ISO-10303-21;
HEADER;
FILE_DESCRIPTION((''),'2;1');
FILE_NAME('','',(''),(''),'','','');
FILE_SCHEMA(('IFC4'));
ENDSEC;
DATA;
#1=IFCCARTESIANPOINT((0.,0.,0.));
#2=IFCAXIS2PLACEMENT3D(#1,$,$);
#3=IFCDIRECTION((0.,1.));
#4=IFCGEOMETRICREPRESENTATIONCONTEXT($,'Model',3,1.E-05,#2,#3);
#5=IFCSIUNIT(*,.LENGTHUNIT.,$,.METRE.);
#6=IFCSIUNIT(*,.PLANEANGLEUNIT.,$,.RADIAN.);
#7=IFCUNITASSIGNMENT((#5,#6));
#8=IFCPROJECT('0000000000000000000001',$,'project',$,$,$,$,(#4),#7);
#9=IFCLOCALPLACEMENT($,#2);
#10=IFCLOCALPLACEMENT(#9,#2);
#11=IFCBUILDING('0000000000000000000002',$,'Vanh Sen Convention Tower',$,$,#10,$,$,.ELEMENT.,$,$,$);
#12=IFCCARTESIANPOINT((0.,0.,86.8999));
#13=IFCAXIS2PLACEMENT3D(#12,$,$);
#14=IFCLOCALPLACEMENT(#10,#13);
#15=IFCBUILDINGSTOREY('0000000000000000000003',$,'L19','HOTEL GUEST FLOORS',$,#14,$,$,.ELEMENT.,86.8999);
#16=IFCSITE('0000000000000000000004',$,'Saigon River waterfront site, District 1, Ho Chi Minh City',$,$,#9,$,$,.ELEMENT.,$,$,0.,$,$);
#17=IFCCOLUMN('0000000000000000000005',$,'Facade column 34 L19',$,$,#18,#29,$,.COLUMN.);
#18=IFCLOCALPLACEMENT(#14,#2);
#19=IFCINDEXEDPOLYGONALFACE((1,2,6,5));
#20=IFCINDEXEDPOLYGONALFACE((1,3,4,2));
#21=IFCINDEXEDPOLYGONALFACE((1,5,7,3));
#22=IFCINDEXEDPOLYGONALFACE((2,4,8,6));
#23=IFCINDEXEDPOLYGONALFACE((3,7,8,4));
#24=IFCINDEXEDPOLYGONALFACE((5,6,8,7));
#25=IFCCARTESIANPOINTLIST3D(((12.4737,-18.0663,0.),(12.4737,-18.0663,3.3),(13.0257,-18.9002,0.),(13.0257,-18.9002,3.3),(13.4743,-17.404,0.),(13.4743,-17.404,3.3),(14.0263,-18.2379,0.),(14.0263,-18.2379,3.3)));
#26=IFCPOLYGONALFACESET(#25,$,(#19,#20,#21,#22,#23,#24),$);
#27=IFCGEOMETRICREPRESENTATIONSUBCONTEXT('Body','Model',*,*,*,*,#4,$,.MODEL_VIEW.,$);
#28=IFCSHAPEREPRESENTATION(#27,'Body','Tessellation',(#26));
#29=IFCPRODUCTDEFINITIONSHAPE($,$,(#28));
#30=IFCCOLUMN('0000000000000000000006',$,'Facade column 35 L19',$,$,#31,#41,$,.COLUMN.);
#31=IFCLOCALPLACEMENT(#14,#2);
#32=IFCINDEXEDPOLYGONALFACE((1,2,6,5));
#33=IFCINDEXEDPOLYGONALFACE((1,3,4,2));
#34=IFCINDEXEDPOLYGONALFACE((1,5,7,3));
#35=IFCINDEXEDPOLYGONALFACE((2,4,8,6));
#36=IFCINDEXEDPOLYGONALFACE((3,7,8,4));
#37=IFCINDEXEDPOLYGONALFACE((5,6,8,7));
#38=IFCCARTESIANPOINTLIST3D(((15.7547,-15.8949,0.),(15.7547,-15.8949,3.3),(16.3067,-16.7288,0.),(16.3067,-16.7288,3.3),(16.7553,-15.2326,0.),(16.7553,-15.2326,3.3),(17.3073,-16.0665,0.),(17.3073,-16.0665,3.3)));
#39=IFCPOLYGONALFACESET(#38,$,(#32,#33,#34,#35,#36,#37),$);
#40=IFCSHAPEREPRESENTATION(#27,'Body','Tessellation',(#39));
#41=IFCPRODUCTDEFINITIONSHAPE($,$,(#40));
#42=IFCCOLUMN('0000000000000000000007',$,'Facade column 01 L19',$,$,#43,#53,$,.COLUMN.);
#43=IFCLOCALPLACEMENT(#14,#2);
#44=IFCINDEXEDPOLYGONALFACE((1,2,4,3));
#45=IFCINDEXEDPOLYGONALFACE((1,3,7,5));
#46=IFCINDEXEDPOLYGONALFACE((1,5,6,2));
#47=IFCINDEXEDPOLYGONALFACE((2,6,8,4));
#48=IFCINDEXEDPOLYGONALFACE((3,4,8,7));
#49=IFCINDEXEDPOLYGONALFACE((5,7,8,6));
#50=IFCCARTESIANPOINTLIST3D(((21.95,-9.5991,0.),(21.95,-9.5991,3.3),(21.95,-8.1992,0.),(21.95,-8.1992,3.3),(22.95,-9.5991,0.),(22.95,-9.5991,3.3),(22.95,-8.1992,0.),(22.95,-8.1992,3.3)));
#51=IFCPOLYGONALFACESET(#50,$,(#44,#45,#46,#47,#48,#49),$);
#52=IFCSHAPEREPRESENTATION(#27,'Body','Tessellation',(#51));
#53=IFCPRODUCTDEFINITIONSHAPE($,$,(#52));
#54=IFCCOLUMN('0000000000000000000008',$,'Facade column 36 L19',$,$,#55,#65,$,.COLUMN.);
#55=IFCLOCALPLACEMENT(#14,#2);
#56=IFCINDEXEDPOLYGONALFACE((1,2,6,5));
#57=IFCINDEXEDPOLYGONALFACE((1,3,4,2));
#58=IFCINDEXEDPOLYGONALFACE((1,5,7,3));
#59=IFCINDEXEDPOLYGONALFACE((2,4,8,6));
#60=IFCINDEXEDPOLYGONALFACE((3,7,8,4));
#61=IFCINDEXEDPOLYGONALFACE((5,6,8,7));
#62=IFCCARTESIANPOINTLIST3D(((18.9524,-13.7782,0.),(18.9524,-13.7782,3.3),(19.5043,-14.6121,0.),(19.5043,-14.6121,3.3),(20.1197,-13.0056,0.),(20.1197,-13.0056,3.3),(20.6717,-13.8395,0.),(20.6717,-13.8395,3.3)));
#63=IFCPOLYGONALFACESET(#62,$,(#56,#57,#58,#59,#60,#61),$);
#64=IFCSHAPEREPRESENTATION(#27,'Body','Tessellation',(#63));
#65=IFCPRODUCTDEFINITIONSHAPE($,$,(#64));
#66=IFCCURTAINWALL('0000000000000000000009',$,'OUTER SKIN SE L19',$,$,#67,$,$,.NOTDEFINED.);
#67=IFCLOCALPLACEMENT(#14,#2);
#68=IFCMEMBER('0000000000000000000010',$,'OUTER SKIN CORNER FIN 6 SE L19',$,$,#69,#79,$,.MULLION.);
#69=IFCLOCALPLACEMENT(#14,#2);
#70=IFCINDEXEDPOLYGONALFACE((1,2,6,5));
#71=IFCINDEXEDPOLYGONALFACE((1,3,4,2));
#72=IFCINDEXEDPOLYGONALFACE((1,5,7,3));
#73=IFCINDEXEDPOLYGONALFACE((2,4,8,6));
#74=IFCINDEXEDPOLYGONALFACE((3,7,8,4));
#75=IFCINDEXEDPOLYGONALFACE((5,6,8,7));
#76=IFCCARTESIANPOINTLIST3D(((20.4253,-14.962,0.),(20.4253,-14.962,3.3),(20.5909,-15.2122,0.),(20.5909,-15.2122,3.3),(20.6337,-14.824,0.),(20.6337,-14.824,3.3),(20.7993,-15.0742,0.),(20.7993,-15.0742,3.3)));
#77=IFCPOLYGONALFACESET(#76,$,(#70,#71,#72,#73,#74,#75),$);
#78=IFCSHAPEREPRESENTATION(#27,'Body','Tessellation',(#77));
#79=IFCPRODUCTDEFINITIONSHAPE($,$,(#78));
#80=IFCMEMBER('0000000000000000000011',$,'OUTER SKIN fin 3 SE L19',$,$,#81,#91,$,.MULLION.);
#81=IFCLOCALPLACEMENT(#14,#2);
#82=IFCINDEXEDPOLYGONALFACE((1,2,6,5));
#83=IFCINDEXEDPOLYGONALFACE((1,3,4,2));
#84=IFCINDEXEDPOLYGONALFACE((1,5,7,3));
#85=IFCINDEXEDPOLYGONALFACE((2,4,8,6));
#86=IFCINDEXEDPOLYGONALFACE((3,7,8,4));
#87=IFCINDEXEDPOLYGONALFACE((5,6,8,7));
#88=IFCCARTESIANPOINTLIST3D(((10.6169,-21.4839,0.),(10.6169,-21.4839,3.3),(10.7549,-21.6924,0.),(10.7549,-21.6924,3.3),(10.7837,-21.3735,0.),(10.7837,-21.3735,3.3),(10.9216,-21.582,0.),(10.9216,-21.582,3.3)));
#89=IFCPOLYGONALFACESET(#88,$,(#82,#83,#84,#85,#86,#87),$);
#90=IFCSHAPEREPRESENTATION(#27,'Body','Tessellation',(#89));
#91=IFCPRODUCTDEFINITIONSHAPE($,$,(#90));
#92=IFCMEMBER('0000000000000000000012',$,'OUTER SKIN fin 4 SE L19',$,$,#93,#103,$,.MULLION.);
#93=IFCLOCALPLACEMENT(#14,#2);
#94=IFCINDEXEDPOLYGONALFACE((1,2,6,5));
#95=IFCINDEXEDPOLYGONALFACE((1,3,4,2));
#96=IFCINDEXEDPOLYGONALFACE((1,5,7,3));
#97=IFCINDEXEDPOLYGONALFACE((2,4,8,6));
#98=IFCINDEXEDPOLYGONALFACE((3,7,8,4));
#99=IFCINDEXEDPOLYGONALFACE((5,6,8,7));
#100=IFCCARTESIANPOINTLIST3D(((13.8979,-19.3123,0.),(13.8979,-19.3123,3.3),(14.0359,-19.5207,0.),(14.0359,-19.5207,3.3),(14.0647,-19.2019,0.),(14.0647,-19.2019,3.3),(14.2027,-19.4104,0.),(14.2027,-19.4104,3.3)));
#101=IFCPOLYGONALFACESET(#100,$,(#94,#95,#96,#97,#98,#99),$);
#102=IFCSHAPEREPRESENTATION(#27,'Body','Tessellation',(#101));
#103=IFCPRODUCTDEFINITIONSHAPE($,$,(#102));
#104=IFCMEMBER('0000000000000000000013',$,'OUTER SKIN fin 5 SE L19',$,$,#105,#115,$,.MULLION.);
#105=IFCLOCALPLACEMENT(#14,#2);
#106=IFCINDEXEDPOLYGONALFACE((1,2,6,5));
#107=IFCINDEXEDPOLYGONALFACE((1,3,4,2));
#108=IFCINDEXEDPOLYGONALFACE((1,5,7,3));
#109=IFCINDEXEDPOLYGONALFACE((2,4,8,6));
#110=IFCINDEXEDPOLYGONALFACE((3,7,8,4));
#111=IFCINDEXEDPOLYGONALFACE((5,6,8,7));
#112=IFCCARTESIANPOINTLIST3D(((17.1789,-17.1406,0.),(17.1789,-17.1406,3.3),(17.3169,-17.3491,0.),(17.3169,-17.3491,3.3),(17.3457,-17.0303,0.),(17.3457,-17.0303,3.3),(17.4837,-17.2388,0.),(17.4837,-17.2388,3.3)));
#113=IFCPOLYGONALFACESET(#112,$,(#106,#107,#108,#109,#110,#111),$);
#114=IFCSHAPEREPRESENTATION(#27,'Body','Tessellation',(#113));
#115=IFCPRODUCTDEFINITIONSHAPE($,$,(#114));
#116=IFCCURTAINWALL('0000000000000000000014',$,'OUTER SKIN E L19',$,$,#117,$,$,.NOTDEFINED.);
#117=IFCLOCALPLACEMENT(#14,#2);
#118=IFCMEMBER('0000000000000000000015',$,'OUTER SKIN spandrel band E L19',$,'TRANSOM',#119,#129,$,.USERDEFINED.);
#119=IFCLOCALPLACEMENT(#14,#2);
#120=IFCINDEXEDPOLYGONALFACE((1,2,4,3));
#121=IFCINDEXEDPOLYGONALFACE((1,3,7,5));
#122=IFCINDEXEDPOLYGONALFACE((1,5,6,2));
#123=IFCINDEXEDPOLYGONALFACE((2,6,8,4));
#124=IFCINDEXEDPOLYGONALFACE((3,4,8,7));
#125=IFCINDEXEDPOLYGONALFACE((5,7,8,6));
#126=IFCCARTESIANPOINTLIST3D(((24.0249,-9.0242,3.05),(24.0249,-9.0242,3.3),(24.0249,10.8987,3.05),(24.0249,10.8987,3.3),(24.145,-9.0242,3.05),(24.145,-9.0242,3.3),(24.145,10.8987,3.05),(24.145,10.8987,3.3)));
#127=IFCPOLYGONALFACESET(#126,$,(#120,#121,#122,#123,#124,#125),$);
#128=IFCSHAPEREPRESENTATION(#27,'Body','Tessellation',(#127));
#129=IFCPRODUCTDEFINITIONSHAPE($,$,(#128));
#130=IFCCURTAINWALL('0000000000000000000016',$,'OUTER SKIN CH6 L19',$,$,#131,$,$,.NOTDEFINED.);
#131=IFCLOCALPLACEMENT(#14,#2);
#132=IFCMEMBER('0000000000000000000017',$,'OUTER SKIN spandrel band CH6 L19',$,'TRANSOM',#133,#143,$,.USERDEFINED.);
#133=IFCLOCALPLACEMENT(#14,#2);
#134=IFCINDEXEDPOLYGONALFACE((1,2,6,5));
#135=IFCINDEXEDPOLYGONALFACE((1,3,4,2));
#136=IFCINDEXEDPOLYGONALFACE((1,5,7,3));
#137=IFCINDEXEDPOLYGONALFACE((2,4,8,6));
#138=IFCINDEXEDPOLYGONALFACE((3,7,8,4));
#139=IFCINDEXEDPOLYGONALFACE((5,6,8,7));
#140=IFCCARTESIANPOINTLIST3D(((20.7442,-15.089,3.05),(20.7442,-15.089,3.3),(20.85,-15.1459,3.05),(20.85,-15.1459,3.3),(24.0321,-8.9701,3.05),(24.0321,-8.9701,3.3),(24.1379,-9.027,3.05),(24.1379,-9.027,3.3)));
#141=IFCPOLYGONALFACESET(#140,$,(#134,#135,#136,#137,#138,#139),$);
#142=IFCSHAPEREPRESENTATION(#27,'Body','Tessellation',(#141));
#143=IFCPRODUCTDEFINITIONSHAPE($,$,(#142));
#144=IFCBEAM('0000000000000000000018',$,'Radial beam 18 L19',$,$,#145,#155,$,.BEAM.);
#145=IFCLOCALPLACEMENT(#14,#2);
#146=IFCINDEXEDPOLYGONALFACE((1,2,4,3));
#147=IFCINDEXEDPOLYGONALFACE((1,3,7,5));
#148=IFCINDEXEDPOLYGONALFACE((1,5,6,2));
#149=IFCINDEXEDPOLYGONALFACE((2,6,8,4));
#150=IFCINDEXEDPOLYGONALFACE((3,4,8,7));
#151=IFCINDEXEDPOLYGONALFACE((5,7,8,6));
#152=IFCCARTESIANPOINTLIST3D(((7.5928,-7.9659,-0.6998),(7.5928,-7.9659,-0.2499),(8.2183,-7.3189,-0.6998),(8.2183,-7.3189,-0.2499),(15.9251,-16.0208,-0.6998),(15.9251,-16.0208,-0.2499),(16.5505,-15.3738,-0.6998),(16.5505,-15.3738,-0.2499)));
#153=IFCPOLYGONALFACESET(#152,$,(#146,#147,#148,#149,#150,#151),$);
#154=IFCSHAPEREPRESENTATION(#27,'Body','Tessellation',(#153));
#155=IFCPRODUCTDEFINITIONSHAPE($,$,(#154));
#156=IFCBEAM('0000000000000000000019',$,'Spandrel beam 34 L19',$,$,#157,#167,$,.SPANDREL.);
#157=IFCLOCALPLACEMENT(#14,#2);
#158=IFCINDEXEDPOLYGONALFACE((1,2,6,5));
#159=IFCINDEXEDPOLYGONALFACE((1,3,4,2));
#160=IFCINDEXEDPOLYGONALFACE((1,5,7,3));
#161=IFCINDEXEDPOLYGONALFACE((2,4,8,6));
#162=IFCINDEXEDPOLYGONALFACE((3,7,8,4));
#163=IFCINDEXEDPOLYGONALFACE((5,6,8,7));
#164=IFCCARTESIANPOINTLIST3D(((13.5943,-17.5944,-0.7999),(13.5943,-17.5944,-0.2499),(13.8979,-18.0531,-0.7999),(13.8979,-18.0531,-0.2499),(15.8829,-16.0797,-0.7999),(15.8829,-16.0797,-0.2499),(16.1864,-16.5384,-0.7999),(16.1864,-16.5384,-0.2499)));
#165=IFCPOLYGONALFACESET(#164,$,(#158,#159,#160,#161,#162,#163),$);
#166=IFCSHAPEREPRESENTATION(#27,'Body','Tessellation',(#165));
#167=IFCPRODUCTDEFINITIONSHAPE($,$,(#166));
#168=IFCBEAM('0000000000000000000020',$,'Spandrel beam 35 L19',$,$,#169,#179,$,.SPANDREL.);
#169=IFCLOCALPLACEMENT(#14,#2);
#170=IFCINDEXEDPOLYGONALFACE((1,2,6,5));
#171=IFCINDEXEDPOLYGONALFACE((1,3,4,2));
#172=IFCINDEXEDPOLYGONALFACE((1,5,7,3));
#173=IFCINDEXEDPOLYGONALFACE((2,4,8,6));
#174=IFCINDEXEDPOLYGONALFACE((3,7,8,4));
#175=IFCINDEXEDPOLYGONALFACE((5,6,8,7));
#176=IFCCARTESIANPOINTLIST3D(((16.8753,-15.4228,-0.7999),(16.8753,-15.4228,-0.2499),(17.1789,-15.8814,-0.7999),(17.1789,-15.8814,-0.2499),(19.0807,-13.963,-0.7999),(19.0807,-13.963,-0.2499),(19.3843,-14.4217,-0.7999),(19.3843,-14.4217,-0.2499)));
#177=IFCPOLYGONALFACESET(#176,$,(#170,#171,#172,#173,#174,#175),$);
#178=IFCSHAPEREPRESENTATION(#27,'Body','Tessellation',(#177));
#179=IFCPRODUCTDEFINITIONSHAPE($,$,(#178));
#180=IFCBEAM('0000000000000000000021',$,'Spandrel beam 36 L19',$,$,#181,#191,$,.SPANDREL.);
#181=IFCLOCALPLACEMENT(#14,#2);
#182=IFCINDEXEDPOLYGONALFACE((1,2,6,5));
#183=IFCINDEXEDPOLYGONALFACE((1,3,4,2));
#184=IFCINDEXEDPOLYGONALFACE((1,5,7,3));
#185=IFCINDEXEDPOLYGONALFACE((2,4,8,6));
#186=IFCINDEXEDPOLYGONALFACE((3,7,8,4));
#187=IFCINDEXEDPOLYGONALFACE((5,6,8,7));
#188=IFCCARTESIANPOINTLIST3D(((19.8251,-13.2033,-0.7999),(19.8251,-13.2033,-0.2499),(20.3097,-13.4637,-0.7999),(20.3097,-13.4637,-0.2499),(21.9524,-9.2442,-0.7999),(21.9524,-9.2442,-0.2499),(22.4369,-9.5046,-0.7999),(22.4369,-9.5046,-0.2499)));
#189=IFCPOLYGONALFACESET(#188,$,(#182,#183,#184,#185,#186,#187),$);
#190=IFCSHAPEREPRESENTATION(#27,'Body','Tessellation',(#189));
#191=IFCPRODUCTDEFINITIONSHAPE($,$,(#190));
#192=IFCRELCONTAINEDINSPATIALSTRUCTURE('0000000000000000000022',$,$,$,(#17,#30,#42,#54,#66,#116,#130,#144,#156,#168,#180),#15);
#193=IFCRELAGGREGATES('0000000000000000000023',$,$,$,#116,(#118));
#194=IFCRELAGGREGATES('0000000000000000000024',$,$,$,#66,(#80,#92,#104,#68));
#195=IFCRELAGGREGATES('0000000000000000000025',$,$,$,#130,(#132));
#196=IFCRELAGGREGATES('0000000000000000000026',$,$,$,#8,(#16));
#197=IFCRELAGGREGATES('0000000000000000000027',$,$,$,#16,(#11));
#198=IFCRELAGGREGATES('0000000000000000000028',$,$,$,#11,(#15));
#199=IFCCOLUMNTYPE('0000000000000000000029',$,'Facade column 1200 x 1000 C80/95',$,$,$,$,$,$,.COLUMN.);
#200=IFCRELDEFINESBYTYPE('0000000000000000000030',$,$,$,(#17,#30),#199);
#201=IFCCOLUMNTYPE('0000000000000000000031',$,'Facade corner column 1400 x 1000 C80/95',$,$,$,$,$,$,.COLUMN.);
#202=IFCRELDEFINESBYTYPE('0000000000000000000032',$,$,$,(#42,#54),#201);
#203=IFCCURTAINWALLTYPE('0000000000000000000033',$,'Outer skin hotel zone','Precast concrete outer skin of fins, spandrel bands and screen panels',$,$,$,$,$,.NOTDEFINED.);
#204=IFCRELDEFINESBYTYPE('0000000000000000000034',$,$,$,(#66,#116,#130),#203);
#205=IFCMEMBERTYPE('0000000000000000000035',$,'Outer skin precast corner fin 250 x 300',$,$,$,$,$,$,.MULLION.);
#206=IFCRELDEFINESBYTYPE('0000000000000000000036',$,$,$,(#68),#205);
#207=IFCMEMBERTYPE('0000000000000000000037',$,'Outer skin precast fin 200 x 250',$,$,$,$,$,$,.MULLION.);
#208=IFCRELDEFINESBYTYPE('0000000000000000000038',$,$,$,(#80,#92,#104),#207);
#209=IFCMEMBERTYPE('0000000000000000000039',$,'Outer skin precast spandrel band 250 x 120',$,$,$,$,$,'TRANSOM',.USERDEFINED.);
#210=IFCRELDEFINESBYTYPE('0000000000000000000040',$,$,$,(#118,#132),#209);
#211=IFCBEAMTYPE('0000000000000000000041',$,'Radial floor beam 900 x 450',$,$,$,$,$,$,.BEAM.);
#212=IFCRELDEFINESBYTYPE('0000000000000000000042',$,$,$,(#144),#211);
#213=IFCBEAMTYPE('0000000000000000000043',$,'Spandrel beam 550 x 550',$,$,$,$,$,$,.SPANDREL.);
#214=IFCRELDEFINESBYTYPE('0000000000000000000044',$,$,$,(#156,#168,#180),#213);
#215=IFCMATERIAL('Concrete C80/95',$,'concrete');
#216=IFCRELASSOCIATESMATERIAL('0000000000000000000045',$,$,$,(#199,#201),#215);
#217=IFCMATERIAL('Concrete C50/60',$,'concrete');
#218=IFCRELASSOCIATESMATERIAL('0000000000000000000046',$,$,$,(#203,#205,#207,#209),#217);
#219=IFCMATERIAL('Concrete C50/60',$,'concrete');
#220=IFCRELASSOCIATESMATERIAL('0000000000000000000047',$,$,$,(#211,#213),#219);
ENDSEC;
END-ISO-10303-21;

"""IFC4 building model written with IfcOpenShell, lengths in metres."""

from ifc_helpers import new_model, si_unit, direction, frame, origin, origin_2d, place, context, subcontext, project, spatial, rectangle, extrude, material, material_profile, profile_set, type_object, element, aggregate, save


model = new_model("IFC4")

# Units and contexts
model_context = context("Model", 3, precision=1e-05, world=origin(), true_north=direction((0.0, 1.0)))
body_context = subcontext(model_context, "Body", "Model", "MODEL_VIEW")
ifc_project = project(units=[si_unit("LENGTHUNIT", "METRE"), si_unit("PLANEANGLEUNIT", "RADIAN")], contexts=[model_context])

# Site, building, storey
site_placement = place(None, origin())
site = spatial("IfcSite", under=ifc_project, at=site_placement, Name="Saigon River waterfront site, District 1, Ho Chi Minh City", CompositionType="ELEMENT", RefElevation=0.0)
building_placement = place(site_placement, origin())
building = spatial("IfcBuilding", under=site, at=building_placement, Name="Vanh Sen Convention Tower", CompositionType="ELEMENT")
storey_placement = place(building_placement, frame((0.0, 0.0, 86.8999)))
storey = spatial("IfcBuildingStorey", under=building, at=storey_placement, Name="L19", Description="HOTEL GUEST FLOORS", CompositionType="ELEMENT", Elevation=86.8999)

# Columns
ifc_material_1 = material(Name="Concrete C80/95", Category="concrete")
ifc_material_profile_1 = material_profile(ifc_material_1, rectangle(XDim=1.2, YDim=1.0, at=origin_2d()), Name="RC 1200X1000")
ifc_profile_set_1 = profile_set([ifc_material_profile_1], Name="Concrete C80/95")
column_type_1 = type_object("IfcColumnType", Name="Facade column 1200 x 1000 C80/95", PredefinedType="COLUMN", material=ifc_profile_set_1)
for number, where, z_axis, x_axis, name in (
    (1, (13.25, -18.1521, 0.0), (0.0, 0.0, 1.0), (0.833886, 0.551937, 0.0), "Facade column 34 L19"),
    (2, (16.531, -15.9807, 0.0), (0.0, 0.0, 1.0), (0.833886, 0.551937, 0.0), "Facade column 35 L19"),
):
    element("IfcColumn", number, at=place(storey_placement, frame(where, z_axis=z_axis, x_axis=x_axis)), inside=storey, type_object=column_type_1, Name=name, PredefinedType="COLUMN", context=body_context, shape_type="SweptSolid", body=[
        extrude(rectangle(XDim=1.2, YDim=1.0, at=origin_2d()), origin(), (0.0, 0.0, 1.0), 3.3),
    ])
ifc_material_profile_2 = material_profile(ifc_material_1, rectangle(XDim=1.3999, YDim=1.0, at=origin_2d()), Name="RC 1400X1000")
ifc_profile_set_2 = profile_set([ifc_material_profile_2], Name="Concrete C80/95")
column_type_2 = type_object("IfcColumnType", Name="Facade corner column 1400 x 1000 C80/95", PredefinedType="COLUMN", material=ifc_profile_set_2)
for number, where, z_axis, x_axis, name in (
    (3, (22.45, -8.8992, 0.0), (0.0, 0.0, 1.0), (0.0, 1.0, 0.0), "Facade column 01 L19"),
    (4, (19.812, -13.8088, 0.0), (0.0, 0.0, 1.0), (0.833886, 0.551937, 0.0), "Facade column 36 L19"),
):
    element("IfcColumn", number, at=place(storey_placement, frame(where, z_axis=z_axis, x_axis=x_axis)), inside=storey, type_object=column_type_2, Name=name, PredefinedType="COLUMN", context=body_context, shape_type="SweptSolid", body=[
        extrude(rectangle(XDim=1.3999, YDim=1.0, at=origin_2d()), origin(), (0.0, 0.0, 1.0), 3.3),
    ])

# Curtain wall, members
ifc_material_2 = material(Name="Concrete C50/60", Category="concrete")
curtain_wall_type = type_object("IfcCurtainWallType", Name="Outer skin hotel zone", Description="Precast concrete outer skin of fins, spandrel bands and screen panels", PredefinedType="NOTDEFINED", material=ifc_material_2)
curtain_wall_1_placement = place(storey_placement, origin())
curtain_wall_1 = element("IfcCurtainWall", 5, at=curtain_wall_1_placement, inside=storey, type_object=curtain_wall_type, Name="OUTER SKIN SE L19", PredefinedType="NOTDEFINED")
ifc_material_profile_3 = material_profile(ifc_material_2, rectangle(XDim=0.25, YDim=0.3, at=origin_2d()), Name="Outer skin precast corner fin 250 x 300")
ifc_profile_set_3 = profile_set([ifc_material_profile_3], Name="Concrete C50/60")
member_type_1 = type_object("IfcMemberType", Name="Outer skin precast corner fin 250 x 300", PredefinedType="MULLION", material=ifc_profile_set_3)
member_1_placement = place(storey_placement, frame((20.6123, -15.0181, 0.0), z_axis=(0.0, 0.0, 1.0), x_axis=(0.833886, 0.551937, 0.0)))
member_1 = element("IfcMember", 6, at=member_1_placement, type_object=member_type_1, Name="OUTER SKIN CORNER FIN 6 SE L19", PredefinedType="MULLION", context=body_context, shape_type="SweptSolid", body=[
    extrude(rectangle(XDim=0.25, YDim=0.3, at=origin_2d()), origin(), (0.0, 0.0, 1.0), 3.3),
])
ifc_material_profile_4 = material_profile(ifc_material_2, rectangle(XDim=0.2, YDim=0.25, at=origin_2d()), Name="Outer skin precast fin 200 x 250")
ifc_profile_set_4 = profile_set([ifc_material_profile_4], Name="Concrete C50/60")
member_type_2 = type_object("IfcMemberType", Name="Outer skin precast fin 200 x 250", PredefinedType="MULLION", material=ifc_profile_set_4)
member_2_placement = place(storey_placement, frame((10.7693, -21.533, 0.0), z_axis=(0.0, 0.0, 1.0), x_axis=(0.833886, 0.551937, 0.0)))
member_2 = element("IfcMember", 7, at=member_2_placement, type_object=member_type_2, Name="OUTER SKIN fin 3 SE L19", PredefinedType="MULLION", context=body_context, shape_type="SweptSolid", body=[
    extrude(rectangle(XDim=0.2, YDim=0.25, at=origin_2d()), origin(), (0.0, 0.0, 1.0), 3.3),
])
member_3_placement = place(storey_placement, frame((14.0503, -19.3613, 0.0), z_axis=(0.0, 0.0, 1.0), x_axis=(0.833886, 0.551937, 0.0)))
member_3 = element("IfcMember", 8, at=member_3_placement, type_object=member_type_2, Name="OUTER SKIN fin 4 SE L19", PredefinedType="MULLION", context=body_context, shape_type="SweptSolid", body=[
    extrude(rectangle(XDim=0.2, YDim=0.25, at=origin_2d()), origin(), (0.0, 0.0, 1.0), 3.3),
])
member_4_placement = place(storey_placement, frame((17.3313, -17.1897, 0.0), z_axis=(0.0, 0.0, 1.0), x_axis=(0.833886, 0.551937, 0.0)))
member_4 = element("IfcMember", 9, at=member_4_placement, type_object=member_type_2, Name="OUTER SKIN fin 5 SE L19", PredefinedType="MULLION", context=body_context, shape_type="SweptSolid", body=[
    extrude(rectangle(XDim=0.2, YDim=0.25, at=origin_2d()), origin(), (0.0, 0.0, 1.0), 3.3),
])

# Curtain walls, members
curtain_wall_2_placement = place(storey_placement, origin())
curtain_wall_2 = element("IfcCurtainWall", 10, at=curtain_wall_2_placement, inside=storey, type_object=curtain_wall_type, Name="OUTER SKIN E L19", PredefinedType="NOTDEFINED")
ifc_material_profile_5 = material_profile(ifc_material_2, rectangle(XDim=0.1201, YDim=0.25, at=origin_2d()), Name="Outer skin precast spandrel band 250 x 120")
ifc_profile_set_5 = profile_set([ifc_material_profile_5], Name="Concrete C50/60")
member_type_3 = type_object("IfcMemberType", Name="Outer skin precast spandrel band 250 x 120", ElementType="TRANSOM", PredefinedType="USERDEFINED", material=ifc_profile_set_5)
member_5_placement = place(storey_placement, frame((24.085, -9.0242, 3.175), z_axis=(0.0, 1.0, 0.0), x_axis=(-1.0, 0.0, 0.0)))
member_5 = element("IfcMember", 11, at=member_5_placement, type_object=member_type_3, Name="OUTER SKIN spandrel band E L19", ObjectType="TRANSOM", PredefinedType="USERDEFINED", context=body_context, shape_type="SweptSolid", body=[
    extrude(rectangle(XDim=0.1201, YDim=0.25, at=origin_2d()), origin(), (0.0, 0.0, 1.0), 19.9229),
])
aggregate(curtain_wall_2, [member_5])
curtain_wall_3_placement = place(storey_placement, origin())
curtain_wall_3 = element("IfcCurtainWall", 12, at=curtain_wall_3_placement, inside=storey, type_object=curtain_wall_type, Name="OUTER SKIN CH6 L19", PredefinedType="NOTDEFINED")
member_6_placement = place(storey_placement, frame((20.7971, -15.1174, 3.175), z_axis=(0.473324, 0.880888, 0.0), x_axis=(-0.880888, 0.473324, 0.0)))
member_6 = element("IfcMember", 13, at=member_6_placement, type_object=member_type_3, Name="OUTER SKIN spandrel band CH6 L19", ObjectType="TRANSOM", PredefinedType="USERDEFINED", context=body_context, shape_type="SweptSolid", body=[
    extrude(rectangle(XDim=0.1201, YDim=0.25, at=origin_2d()), origin(), (0.0, 0.0, 1.0), 6.9463),
])

# Beams
ifc_material_3 = material(Name="Concrete C50/60", Category="concrete")
ifc_material_profile_6 = material_profile(ifc_material_3, rectangle(XDim=0.8999, YDim=0.45, at=origin_2d()), Name="RC 900X450")
ifc_profile_set_6 = profile_set([ifc_material_profile_6], Name="Concrete C50/60")
beam_type_1 = type_object("IfcBeamType", Name="Radial floor beam 900 x 450", PredefinedType="BEAM", material=ifc_profile_set_6)
beam_1_placement = place(storey_placement, frame((16.2378, -15.6973, -0.4749), z_axis=(-0.718971, 0.69504, 0.0), x_axis=(-0.69504, -0.718971, 0.0)))
element("IfcBeam", 14, at=beam_1_placement, inside=storey, type_object=beam_type_1, Name="Radial beam 18 L19", PredefinedType="BEAM", context=body_context, shape_type="SweptSolid", body=[
    extrude(rectangle(XDim=0.8999, YDim=0.45, at=origin_2d()), origin(), (0.0, 0.0, 1.0), 11.5891),
])
ifc_material_profile_7 = material_profile(ifc_material_3, rectangle(XDim=0.55, YDim=0.55, at=origin_2d()), Name="RC 550X550")
ifc_profile_set_7 = profile_set([ifc_material_profile_7], Name="Concrete C50/60")
beam_type_2 = type_object("IfcBeamType", Name="Spandrel beam 550 x 550", PredefinedType="SPANDREL", material=ifc_profile_set_7)
beam_2_placement = place(storey_placement, frame((13.7461, -17.8237, -0.5249), z_axis=(0.833907, 0.551905, 0.0), x_axis=(-0.551905, 0.833907, 0.0)))
element("IfcBeam", 15, at=beam_2_placement, inside=storey, type_object=beam_type_2, Name="Spandrel beam 34 L19", PredefinedType="SPANDREL", context=body_context, shape_type="SweptSolid", body=[
    extrude(rectangle(XDim=0.55, YDim=0.55, at=origin_2d()), origin(), (0.0, 0.0, 1.0), 2.7444),
])
beam_3_placement = place(storey_placement, frame((17.0271, -15.6521, -0.5249), z_axis=(0.833878, 0.551949, 0.0), x_axis=(-0.551949, 0.833878, 0.0)))
element("IfcBeam", 16, at=beam_3_placement, inside=storey, type_object=beam_type_2, Name="Spandrel beam 35 L19", PredefinedType="SPANDREL", context=body_context, shape_type="SweptSolid", body=[
    extrude(rectangle(XDim=0.55, YDim=0.55, at=origin_2d()), origin(), (0.0, 0.0, 1.0), 2.6448),
])
beam_4_placement = place(storey_placement, frame((20.0674, -13.3335, -0.5249), z_axis=(0.473312, 0.880895, 0.0), x_axis=(-0.880895, 0.473312, 0.0)))
element("IfcBeam", 17, at=beam_4_placement, inside=storey, type_object=beam_type_2, Name="Spandrel beam 36 L19", PredefinedType="SPANDREL", context=body_context, shape_type="SweptSolid", body=[
    extrude(rectangle(XDim=0.55, YDim=0.55, at=origin_2d()), origin(), (0.0, 0.0, 1.0), 4.4944),
])

aggregate(curtain_wall_1, [member_2, member_3, member_4, member_1])
aggregate(curtain_wall_3, [member_6])

save(model, "model.ifc")
